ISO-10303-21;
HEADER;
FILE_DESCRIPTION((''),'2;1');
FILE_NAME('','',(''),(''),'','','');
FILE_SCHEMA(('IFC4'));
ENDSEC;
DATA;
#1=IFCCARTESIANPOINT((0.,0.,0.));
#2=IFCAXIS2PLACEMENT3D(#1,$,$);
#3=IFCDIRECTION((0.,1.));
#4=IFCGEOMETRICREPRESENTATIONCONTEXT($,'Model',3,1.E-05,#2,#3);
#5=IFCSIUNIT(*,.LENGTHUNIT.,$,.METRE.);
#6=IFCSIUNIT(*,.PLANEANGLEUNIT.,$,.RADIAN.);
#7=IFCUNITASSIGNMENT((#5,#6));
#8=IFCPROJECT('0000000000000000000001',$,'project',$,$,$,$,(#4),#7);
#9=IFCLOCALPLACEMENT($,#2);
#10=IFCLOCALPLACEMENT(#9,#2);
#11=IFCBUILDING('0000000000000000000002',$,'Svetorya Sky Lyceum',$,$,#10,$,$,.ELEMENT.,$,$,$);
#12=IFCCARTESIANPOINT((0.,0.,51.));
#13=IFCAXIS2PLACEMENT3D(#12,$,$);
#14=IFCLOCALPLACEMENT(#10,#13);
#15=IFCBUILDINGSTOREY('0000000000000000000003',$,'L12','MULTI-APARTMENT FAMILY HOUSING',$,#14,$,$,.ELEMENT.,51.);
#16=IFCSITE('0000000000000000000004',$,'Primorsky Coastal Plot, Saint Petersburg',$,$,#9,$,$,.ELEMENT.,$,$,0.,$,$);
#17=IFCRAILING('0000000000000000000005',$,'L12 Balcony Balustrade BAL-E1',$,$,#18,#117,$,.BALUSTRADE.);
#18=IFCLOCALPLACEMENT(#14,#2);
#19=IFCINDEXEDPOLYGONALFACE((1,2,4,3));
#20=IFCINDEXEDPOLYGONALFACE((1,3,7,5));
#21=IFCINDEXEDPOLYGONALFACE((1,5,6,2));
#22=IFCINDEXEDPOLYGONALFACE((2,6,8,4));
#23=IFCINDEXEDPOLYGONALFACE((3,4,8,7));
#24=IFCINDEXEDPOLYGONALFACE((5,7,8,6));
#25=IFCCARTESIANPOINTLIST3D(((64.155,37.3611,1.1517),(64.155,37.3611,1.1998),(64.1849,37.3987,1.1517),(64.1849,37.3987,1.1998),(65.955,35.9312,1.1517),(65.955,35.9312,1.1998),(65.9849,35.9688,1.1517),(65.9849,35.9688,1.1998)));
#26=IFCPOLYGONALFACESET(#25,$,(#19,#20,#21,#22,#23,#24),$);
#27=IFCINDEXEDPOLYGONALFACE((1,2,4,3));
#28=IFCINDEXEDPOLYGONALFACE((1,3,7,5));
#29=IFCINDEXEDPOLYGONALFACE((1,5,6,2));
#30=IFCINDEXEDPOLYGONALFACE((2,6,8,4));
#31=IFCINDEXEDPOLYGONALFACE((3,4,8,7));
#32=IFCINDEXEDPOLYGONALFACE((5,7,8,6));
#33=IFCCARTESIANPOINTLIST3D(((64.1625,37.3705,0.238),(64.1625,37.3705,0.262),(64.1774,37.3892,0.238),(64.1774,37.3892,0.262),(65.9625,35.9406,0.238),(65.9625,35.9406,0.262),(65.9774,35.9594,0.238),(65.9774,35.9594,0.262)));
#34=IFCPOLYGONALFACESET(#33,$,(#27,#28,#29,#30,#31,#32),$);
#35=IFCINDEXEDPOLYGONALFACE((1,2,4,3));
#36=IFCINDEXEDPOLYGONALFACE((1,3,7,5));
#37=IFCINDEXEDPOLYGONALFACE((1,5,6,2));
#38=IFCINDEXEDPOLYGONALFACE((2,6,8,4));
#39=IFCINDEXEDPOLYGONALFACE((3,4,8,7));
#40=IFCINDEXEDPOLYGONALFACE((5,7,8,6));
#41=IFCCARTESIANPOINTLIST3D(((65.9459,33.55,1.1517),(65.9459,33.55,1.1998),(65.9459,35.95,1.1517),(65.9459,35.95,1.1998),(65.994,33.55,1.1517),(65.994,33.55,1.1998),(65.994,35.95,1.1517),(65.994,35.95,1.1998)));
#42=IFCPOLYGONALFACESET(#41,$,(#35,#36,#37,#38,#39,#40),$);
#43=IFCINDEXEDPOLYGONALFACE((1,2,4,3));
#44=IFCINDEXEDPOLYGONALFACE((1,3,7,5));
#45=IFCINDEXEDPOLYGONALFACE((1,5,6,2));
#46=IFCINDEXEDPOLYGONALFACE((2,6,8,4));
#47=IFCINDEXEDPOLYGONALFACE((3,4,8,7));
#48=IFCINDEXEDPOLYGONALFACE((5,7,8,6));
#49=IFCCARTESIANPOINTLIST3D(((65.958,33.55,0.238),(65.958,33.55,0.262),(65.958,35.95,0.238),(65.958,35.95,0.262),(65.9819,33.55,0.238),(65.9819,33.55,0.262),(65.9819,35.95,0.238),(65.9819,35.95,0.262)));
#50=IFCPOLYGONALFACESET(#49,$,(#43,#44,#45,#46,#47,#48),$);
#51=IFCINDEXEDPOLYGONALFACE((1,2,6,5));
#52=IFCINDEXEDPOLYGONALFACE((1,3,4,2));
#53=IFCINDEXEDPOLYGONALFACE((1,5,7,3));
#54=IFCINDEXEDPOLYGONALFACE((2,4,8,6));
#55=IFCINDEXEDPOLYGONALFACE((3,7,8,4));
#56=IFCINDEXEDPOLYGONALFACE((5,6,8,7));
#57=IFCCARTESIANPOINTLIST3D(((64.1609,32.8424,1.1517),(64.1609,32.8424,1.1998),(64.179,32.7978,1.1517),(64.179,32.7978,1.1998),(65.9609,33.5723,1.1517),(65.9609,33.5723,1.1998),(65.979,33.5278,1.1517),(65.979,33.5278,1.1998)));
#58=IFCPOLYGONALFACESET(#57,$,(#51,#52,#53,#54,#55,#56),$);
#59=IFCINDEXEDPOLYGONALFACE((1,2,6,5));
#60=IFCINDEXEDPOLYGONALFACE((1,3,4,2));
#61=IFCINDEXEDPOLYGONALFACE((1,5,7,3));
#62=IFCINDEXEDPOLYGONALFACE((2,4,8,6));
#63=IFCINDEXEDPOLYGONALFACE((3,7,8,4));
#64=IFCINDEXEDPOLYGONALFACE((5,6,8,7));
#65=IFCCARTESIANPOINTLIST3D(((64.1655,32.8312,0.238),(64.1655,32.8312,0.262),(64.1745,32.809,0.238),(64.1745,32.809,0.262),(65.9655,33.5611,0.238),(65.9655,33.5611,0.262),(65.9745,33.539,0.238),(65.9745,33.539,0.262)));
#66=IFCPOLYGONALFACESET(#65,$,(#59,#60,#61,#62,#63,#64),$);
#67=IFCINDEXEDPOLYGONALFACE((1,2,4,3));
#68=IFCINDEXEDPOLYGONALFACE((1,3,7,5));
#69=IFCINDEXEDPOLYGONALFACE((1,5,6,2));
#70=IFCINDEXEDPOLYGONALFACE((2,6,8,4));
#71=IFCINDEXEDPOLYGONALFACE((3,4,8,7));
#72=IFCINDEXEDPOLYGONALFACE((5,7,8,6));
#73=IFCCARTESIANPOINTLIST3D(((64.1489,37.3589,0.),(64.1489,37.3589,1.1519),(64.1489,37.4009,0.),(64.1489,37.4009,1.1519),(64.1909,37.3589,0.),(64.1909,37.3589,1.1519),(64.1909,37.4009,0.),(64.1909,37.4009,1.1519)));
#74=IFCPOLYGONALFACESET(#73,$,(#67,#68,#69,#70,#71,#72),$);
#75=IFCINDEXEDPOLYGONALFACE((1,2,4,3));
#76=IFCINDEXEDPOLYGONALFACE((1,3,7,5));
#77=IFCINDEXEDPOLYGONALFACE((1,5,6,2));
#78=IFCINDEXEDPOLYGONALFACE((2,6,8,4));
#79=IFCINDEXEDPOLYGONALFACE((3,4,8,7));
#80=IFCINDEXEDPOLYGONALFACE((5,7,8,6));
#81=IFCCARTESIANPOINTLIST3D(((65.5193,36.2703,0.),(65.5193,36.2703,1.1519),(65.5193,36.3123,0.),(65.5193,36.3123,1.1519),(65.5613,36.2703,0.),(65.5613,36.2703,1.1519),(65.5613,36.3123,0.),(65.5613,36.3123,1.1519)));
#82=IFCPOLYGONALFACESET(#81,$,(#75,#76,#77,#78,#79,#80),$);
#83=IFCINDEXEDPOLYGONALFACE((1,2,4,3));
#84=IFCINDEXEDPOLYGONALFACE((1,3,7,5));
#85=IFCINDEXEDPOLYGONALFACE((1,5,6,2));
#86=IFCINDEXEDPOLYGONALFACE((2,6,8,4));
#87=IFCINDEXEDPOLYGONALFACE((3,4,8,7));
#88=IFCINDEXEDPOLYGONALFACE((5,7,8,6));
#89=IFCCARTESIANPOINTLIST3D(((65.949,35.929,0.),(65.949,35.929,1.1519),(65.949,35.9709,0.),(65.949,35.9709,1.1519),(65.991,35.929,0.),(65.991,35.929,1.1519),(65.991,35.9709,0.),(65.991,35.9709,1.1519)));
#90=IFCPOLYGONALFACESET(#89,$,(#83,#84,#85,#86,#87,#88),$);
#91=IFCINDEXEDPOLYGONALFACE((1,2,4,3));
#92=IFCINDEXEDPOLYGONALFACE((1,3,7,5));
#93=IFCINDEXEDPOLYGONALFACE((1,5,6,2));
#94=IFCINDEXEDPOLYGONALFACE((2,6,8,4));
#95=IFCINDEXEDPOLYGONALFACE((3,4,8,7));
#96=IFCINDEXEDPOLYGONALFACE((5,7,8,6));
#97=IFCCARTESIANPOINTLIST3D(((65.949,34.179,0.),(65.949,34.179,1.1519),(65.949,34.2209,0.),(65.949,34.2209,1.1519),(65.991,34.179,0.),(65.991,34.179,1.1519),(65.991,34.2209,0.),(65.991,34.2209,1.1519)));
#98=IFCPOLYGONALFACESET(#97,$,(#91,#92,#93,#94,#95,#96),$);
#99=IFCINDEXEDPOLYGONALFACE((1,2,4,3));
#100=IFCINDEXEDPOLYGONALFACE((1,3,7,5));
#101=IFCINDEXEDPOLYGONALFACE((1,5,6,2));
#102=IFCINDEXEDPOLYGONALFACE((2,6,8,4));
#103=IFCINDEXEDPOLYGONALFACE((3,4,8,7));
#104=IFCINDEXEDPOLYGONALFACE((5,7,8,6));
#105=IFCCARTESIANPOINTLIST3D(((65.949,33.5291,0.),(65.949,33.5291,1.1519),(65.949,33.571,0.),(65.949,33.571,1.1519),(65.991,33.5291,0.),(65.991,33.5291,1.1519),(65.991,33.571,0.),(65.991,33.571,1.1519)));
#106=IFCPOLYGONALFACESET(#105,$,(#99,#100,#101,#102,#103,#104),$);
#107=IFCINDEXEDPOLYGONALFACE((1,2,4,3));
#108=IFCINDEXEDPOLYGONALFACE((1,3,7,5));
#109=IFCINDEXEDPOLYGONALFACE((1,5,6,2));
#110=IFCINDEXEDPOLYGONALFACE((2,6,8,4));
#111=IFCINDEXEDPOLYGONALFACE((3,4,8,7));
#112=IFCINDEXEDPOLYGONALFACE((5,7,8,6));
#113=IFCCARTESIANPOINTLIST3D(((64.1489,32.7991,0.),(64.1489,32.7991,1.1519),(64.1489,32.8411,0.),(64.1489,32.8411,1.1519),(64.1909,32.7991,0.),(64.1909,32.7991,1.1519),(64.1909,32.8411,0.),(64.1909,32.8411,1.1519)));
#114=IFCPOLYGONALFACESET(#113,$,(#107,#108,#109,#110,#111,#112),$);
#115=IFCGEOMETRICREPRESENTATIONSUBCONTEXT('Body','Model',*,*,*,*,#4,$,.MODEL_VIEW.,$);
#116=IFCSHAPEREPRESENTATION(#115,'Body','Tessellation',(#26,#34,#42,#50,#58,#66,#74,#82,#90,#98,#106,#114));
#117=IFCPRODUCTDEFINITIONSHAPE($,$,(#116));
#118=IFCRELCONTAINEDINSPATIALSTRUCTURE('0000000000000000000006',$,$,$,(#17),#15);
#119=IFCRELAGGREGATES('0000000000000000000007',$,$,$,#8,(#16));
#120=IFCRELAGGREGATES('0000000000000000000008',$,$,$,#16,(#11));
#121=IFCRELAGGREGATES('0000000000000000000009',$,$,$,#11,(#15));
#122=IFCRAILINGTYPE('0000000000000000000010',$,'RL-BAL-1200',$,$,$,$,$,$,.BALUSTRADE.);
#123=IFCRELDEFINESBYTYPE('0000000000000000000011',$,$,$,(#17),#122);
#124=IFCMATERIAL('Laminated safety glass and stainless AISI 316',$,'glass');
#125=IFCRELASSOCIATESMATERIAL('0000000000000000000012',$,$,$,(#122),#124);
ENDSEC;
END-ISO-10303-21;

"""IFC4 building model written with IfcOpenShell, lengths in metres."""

from ifc_helpers import new_model, si_unit, direction, frame, origin, origin_2d, place, context, subcontext, project, spatial, rectangle, extrude, material, type_object, element, save


model = new_model("IFC4")

# Units and contexts
model_context = context("Model", 3, precision=1e-05, world=origin(), true_north=direction((0.0, 1.0)))
body_context = subcontext(model_context, "Body", "Model", "MODEL_VIEW")
ifc_project = project(units=[si_unit("LENGTHUNIT", "METRE"), si_unit("PLANEANGLEUNIT", "RADIAN")], contexts=[model_context])

# Site, building, storey
site_placement = place(None, origin())
site = spatial("IfcSite", under=ifc_project, at=site_placement, Name="Primorsky Coastal Plot, Saint Petersburg", CompositionType="ELEMENT", RefElevation=0.0)
building_placement = place(site_placement, origin())
building = spatial("IfcBuilding", under=site, at=building_placement, Name="Svetorya Sky Lyceum", CompositionType="ELEMENT")
storey_placement = place(building_placement, frame((0.0, 0.0, 51.0)))
storey = spatial("IfcBuildingStorey", under=building, at=storey_placement, Name="L12", Description="MULTI-APARTMENT FAMILY HOUSING", CompositionType="ELEMENT", Elevation=51.0)

# Railing
ifc_material_1 = material(Name="Laminated safety glass and stainless AISI 316", Category="glass")
railing_type = type_object("IfcRailingType", Name="RL-BAL-1200", PredefinedType="BALUSTRADE", material=ifc_material_1)
railing_placement = place(storey_placement, frame((64.1699, 37.3799, 0.0)))
element("IfcRailing", 1, at=railing_placement, inside=storey, type_object=railing_type, Name="L12 Balcony Balustrade BAL-E1", PredefinedType="BALUSTRADE", context=body_context, shape_type="SweptSolid", body=[
    extrude(rectangle(XDim=0.0481, YDim=0.0481, at=origin_2d()), frame((0.0, 0.0, 1.1758), z_axis=(0.783009, -0.62201, 0.0), x_axis=(0.62201, 0.783009, 0.0)), (0.0, 0.0, 1.0), 2.2988),
    extrude(rectangle(XDim=0.0239, YDim=0.0239, at=origin_2d()), frame((0.0, 0.0, 0.25), z_axis=(0.783009, -0.62201, 0.0), x_axis=(0.62201, 0.783009, 0.0)), (0.0, 0.0, 1.0), 2.2988),
    extrude(rectangle(XDim=0.0481, YDim=0.0481, at=origin_2d()), frame((1.8, -1.4299, 1.1758), z_axis=(0.0, -1.0, 0.0), x_axis=(1.0, 0.0, 0.0)), (0.0, 0.0, 1.0), 2.3999),
    extrude(rectangle(XDim=0.0239, YDim=0.0239, at=origin_2d()), frame((1.8, -1.4299, 0.25), z_axis=(0.0, -1.0, 0.0), x_axis=(1.0, 0.0, 0.0)), (0.0, 0.0, 1.0), 2.3999),
    extrude(rectangle(XDim=0.0481, YDim=0.0481, at=origin_2d()), frame((1.8, -3.8298, 1.1758), z_axis=(-0.926698, -0.375807, 0.0), x_axis=(0.375807, -0.926698, 0.0)), (0.0, 0.0, 1.0), 1.9424),
    extrude(rectangle(XDim=0.0239, YDim=0.0239, at=origin_2d()), frame((1.8, -3.8298, 0.25), z_axis=(-0.926698, -0.375807, 0.0), x_axis=(0.375807, -0.926698, 0.0)), (0.0, 0.0, 1.0), 1.9424),
    extrude(rectangle(XDim=0.042, YDim=0.042, at=origin_2d()), origin(), (0.0, 0.0, 1.0), 1.1519),
    extrude(rectangle(XDim=0.042, YDim=0.042, at=origin_2d()), frame((1.3704, -1.0886, 0.0)), (0.0, 0.0, 1.0), 1.1519),
    extrude(rectangle(XDim=0.042, YDim=0.042, at=origin_2d()), frame((1.8, -1.4299, 0.0)), (0.0, 0.0, 1.0), 1.1519),
    extrude(rectangle(XDim=0.042, YDim=0.042, at=origin_2d()), frame((1.8, -3.1799, 0.0)), (0.0, 0.0, 1.0), 1.1519),
    extrude(rectangle(XDim=0.042, YDim=0.042, at=origin_2d()), frame((1.8, -3.8298, 0.0)), (0.0, 0.0, 1.0), 1.1519),
    extrude(rectangle(XDim=0.042, YDim=0.042, at=origin_2d()), frame((0.0, -4.5598, 0.0)), (0.0, 0.0, 1.0), 1.1519),
])

save(model, "model.ifc")
